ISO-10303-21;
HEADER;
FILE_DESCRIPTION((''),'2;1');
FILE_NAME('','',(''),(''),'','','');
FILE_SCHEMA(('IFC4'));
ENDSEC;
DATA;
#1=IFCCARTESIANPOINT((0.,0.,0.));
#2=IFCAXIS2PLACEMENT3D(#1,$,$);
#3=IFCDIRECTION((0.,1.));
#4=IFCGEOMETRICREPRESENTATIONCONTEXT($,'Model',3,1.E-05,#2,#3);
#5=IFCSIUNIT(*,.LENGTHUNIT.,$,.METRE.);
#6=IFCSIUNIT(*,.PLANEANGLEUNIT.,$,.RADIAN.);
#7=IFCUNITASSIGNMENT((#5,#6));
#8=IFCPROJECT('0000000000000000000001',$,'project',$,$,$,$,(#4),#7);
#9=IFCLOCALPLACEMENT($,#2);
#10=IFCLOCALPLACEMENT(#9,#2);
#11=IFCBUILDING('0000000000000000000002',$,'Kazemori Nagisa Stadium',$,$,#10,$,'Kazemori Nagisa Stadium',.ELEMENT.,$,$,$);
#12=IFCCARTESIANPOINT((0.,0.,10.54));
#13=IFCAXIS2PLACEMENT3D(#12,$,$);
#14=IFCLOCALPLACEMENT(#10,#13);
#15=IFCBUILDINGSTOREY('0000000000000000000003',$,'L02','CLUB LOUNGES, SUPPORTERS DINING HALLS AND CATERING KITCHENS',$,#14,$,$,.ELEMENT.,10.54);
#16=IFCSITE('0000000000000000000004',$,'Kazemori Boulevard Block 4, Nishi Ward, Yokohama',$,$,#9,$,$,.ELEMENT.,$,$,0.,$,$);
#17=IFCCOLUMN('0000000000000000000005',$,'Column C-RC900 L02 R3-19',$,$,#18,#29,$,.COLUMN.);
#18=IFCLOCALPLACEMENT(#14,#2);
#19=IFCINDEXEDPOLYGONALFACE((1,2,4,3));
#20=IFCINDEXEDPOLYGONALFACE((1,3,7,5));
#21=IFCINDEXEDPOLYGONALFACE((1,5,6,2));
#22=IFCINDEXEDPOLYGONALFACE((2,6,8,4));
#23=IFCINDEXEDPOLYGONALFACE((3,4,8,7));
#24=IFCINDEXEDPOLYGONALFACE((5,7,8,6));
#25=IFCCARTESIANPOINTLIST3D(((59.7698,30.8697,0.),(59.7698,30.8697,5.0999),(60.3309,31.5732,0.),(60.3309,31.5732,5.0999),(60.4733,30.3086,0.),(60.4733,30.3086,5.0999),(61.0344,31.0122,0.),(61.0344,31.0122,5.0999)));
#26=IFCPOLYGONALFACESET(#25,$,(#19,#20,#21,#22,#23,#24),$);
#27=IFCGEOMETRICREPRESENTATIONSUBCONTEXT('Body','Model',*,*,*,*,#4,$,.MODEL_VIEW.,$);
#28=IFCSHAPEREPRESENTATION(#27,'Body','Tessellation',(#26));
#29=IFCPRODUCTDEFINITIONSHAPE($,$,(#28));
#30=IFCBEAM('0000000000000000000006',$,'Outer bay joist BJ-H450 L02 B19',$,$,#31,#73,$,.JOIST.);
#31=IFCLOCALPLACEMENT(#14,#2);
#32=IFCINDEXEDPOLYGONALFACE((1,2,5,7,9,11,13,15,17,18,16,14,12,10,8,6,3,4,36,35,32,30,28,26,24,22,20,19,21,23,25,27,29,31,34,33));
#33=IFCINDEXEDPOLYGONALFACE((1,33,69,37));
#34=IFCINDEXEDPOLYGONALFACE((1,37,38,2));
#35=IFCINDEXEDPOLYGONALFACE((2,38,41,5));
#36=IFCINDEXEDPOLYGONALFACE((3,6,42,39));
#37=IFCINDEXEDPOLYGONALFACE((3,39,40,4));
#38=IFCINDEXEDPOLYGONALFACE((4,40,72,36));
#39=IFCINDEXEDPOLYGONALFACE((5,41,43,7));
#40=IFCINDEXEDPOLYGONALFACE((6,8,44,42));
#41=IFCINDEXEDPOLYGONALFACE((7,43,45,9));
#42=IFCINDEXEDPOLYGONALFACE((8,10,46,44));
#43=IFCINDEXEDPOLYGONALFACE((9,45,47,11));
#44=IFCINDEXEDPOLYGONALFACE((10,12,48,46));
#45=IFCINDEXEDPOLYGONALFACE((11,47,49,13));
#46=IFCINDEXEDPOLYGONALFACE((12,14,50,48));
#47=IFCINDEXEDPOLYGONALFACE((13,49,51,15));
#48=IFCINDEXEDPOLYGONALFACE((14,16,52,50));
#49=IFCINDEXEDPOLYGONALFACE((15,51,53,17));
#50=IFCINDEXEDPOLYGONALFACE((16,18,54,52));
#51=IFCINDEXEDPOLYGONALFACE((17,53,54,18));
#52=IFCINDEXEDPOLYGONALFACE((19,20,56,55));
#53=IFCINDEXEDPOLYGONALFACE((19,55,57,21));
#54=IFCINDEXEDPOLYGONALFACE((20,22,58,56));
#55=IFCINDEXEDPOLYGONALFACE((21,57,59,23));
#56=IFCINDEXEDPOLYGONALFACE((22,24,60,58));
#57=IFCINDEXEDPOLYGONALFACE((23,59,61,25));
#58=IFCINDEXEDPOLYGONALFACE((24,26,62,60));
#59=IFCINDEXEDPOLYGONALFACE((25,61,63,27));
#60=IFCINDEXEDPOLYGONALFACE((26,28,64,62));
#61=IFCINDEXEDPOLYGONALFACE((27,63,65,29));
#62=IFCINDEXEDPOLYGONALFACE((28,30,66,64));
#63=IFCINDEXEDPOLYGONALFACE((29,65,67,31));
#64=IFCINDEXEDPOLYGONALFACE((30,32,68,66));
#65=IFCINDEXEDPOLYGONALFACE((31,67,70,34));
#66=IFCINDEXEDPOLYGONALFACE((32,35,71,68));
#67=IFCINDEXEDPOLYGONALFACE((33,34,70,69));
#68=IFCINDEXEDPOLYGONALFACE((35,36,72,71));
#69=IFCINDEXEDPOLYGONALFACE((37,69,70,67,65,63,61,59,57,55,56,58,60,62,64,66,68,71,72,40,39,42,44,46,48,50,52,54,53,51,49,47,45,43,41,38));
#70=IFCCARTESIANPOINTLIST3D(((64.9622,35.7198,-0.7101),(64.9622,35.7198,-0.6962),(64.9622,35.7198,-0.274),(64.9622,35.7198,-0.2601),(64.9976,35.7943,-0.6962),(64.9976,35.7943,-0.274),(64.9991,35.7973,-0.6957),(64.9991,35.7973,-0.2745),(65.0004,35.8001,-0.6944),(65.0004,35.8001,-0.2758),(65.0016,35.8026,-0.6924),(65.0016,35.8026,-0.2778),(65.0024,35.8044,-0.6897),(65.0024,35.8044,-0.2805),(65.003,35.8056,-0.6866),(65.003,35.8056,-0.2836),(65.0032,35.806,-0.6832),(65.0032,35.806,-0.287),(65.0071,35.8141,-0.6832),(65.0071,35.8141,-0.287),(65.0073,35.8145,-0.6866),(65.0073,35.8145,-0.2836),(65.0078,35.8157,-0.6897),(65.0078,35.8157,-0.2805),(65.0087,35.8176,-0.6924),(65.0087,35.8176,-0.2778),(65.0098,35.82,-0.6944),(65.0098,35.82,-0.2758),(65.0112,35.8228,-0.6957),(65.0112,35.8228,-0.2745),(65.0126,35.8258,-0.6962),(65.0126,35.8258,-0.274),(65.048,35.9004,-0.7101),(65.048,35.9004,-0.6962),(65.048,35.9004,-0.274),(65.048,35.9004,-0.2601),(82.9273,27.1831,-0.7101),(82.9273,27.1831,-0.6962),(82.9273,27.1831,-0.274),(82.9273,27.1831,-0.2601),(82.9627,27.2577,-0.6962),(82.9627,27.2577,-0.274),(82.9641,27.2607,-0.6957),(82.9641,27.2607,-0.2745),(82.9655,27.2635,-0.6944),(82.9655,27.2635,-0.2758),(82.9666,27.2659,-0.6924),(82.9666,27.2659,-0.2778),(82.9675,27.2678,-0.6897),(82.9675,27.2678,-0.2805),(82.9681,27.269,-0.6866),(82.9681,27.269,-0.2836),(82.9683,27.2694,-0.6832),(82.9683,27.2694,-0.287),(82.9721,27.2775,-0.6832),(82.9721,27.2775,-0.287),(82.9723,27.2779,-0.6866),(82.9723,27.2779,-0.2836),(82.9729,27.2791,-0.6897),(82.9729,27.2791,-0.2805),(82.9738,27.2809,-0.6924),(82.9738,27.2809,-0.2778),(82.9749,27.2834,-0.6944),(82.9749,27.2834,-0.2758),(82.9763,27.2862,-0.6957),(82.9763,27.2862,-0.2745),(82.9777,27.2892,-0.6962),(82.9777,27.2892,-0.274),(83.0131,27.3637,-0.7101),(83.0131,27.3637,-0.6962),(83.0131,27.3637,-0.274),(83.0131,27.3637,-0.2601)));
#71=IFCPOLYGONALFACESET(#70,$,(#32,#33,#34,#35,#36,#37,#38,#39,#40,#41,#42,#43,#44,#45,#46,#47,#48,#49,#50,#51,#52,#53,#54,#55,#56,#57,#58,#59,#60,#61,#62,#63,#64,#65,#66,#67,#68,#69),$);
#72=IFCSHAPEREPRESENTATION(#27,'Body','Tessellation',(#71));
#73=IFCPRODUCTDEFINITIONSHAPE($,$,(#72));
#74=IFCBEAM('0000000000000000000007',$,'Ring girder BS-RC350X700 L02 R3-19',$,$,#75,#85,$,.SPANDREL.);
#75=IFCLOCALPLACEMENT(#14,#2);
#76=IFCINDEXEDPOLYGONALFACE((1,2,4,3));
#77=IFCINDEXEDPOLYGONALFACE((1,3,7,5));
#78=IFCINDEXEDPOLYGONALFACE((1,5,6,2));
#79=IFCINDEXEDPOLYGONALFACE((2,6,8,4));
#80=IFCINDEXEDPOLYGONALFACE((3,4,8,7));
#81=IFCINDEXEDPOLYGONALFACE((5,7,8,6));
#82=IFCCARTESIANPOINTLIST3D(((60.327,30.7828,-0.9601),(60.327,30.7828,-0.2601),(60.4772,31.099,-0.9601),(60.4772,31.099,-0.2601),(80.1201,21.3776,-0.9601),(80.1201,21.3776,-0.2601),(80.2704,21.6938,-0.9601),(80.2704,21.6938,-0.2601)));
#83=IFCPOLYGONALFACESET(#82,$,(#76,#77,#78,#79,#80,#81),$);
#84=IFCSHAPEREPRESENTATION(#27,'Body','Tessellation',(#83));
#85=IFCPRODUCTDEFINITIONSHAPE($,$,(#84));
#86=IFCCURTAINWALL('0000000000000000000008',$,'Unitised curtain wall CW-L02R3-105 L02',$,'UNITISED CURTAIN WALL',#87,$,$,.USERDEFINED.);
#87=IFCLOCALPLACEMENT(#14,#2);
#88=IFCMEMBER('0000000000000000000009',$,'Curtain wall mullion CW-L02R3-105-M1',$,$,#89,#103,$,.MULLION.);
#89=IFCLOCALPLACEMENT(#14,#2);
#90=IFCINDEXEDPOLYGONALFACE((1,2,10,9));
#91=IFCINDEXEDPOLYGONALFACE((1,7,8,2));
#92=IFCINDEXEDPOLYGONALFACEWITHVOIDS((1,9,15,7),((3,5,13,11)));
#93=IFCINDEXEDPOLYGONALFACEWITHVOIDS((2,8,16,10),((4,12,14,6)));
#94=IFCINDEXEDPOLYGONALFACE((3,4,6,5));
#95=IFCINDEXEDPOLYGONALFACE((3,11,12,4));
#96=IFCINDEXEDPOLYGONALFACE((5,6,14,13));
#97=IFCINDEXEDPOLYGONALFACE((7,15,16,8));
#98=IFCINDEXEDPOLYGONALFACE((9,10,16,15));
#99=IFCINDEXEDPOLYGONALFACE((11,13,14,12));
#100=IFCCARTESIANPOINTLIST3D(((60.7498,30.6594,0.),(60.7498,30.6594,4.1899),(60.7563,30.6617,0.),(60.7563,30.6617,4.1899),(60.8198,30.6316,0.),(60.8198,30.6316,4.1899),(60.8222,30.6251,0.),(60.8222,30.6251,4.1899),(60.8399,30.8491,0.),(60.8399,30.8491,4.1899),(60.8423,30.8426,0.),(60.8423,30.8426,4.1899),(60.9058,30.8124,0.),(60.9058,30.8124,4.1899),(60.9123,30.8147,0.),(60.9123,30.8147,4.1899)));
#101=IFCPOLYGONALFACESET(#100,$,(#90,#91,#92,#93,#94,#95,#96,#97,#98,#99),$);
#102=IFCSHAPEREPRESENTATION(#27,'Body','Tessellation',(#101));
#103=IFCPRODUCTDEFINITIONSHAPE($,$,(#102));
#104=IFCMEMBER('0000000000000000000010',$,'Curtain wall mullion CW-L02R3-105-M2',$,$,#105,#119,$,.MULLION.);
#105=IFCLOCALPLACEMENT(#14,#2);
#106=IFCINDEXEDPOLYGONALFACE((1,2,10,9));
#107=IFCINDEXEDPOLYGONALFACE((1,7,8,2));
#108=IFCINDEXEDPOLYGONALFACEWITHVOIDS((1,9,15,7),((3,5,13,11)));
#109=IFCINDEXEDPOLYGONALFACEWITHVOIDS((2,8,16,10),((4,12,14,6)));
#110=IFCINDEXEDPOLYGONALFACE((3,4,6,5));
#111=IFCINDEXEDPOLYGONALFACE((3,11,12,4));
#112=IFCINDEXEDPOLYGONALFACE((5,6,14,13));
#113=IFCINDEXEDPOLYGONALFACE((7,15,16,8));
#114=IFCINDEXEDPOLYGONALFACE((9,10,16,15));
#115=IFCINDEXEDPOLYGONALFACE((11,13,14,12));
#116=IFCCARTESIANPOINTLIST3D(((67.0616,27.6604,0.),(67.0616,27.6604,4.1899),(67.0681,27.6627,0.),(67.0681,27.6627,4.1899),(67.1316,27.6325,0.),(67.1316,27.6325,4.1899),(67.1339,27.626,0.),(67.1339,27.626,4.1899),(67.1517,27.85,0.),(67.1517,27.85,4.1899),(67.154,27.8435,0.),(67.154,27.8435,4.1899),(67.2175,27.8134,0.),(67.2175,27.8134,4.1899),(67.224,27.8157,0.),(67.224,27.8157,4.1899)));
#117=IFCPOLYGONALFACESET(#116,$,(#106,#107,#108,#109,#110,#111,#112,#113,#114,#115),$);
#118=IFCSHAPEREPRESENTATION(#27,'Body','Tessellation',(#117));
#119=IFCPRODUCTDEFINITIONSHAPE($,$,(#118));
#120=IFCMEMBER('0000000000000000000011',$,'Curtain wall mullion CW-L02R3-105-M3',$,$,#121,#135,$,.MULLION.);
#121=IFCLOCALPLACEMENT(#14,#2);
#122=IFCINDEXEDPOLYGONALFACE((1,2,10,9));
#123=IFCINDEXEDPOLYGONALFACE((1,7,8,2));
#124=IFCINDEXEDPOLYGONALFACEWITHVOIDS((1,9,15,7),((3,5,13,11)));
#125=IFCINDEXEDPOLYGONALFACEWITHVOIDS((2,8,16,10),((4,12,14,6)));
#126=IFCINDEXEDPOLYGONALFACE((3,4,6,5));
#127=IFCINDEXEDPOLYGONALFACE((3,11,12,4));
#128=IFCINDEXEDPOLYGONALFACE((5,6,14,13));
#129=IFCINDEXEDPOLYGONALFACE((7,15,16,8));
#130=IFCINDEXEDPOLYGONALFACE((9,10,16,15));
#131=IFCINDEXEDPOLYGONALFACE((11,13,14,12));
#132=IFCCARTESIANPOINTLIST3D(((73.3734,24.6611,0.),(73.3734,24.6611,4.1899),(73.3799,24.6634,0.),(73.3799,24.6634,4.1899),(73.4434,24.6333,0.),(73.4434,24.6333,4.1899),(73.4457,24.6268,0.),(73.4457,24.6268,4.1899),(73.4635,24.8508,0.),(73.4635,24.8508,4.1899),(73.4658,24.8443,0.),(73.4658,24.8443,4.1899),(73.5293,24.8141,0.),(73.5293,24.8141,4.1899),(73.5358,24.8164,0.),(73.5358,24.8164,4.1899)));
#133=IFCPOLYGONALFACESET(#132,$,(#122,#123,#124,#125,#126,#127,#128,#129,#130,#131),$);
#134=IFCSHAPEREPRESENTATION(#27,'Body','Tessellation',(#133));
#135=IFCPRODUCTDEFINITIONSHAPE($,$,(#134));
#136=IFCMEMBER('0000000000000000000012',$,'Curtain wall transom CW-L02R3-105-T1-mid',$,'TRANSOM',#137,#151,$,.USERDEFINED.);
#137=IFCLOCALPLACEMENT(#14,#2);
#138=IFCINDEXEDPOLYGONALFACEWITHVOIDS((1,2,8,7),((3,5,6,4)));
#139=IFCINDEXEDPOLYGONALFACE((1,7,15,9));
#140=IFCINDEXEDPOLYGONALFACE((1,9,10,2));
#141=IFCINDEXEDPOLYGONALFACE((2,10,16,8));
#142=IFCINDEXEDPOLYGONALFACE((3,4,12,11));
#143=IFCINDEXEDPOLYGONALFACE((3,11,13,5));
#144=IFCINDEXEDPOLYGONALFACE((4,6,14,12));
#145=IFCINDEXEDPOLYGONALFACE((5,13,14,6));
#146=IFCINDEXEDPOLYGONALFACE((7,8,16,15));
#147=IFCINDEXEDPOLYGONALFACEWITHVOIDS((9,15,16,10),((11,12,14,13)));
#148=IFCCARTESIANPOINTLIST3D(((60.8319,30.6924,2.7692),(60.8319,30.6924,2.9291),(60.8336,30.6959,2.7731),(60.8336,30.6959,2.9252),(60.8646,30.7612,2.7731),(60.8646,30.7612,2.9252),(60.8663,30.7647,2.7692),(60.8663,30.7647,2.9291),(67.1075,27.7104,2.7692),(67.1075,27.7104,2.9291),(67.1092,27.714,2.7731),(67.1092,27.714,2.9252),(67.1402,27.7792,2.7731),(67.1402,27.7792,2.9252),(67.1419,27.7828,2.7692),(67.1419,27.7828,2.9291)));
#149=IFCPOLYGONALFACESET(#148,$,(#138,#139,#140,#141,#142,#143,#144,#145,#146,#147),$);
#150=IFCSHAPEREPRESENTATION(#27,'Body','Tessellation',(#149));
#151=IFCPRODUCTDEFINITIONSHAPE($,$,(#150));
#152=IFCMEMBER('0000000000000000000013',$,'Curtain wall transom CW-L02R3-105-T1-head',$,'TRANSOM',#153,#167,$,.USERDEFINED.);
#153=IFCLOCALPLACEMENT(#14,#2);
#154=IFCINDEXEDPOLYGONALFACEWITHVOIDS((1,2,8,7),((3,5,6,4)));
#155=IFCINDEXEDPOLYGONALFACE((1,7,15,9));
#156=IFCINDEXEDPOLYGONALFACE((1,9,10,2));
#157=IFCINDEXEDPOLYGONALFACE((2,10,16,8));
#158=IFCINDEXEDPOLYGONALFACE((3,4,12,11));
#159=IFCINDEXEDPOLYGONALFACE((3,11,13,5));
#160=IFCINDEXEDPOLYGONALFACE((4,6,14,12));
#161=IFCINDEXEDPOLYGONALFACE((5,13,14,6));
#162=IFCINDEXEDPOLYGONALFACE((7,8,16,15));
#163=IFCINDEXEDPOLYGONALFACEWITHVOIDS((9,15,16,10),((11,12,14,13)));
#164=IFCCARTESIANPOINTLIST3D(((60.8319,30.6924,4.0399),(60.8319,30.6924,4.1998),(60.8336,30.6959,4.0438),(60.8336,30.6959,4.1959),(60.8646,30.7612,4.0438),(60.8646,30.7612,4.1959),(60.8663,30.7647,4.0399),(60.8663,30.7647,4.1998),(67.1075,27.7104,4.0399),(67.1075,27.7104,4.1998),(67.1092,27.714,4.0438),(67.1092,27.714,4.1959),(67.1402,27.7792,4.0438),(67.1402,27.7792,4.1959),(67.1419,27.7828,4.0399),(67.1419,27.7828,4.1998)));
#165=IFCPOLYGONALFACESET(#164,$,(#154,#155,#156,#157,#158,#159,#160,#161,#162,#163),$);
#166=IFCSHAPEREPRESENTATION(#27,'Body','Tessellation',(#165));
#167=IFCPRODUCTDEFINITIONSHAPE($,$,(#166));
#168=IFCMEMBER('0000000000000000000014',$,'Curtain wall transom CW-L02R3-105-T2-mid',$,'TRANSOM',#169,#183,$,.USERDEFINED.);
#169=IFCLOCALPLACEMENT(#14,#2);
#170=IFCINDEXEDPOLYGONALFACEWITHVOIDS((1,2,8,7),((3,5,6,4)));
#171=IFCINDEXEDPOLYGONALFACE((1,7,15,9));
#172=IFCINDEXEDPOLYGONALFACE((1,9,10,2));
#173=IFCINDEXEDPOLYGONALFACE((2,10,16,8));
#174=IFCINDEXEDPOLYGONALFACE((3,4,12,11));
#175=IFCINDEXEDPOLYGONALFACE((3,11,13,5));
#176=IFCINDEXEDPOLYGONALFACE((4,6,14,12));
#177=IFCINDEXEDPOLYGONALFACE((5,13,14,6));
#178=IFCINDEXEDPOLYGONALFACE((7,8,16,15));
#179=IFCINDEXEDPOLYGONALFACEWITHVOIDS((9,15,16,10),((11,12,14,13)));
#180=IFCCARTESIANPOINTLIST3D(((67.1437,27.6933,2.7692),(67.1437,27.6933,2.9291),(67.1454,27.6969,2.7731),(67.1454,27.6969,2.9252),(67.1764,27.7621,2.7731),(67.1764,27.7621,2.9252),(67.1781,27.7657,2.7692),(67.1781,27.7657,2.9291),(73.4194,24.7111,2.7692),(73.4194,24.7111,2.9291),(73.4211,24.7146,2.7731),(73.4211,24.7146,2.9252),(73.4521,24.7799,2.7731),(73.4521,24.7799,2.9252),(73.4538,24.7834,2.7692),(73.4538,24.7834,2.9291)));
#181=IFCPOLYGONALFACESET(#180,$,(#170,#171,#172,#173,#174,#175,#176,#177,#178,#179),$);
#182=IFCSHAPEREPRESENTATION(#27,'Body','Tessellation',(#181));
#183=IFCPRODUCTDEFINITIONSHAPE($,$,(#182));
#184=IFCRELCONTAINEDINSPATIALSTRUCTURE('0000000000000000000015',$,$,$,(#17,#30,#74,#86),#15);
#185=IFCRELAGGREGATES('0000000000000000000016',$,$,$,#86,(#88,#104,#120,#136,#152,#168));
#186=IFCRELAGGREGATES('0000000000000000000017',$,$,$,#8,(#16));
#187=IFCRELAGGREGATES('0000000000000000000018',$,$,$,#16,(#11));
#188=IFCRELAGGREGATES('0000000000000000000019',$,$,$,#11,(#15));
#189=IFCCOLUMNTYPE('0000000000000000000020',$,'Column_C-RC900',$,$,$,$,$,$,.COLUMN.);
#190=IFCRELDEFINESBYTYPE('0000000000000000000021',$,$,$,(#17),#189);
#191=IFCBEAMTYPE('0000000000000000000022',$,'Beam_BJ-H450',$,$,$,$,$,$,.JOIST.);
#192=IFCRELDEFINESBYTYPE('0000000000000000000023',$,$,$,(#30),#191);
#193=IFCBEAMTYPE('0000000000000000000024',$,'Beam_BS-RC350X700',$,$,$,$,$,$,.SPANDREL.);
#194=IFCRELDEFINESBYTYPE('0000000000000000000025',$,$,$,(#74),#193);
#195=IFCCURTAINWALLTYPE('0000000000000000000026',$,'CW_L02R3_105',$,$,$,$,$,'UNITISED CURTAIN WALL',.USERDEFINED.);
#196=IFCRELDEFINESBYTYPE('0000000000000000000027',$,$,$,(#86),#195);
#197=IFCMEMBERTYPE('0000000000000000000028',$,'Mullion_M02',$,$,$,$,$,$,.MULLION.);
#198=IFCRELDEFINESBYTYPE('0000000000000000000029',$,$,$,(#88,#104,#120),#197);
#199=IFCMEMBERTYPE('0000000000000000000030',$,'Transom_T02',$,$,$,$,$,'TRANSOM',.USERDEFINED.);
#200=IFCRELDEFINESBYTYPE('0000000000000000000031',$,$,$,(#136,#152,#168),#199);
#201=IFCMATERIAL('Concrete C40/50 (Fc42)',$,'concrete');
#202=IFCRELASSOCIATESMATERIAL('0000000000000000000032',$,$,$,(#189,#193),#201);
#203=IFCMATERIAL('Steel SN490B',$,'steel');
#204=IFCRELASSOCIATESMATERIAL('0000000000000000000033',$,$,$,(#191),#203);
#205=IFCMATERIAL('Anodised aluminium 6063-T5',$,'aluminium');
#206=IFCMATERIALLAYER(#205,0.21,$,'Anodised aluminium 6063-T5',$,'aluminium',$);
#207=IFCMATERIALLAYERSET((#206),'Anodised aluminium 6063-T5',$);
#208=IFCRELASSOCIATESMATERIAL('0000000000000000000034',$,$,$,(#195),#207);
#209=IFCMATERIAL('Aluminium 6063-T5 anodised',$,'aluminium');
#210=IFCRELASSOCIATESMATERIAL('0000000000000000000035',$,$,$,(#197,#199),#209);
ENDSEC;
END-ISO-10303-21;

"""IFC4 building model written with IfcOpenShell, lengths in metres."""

from ifc_helpers import new_model, si_unit, direction, frame, origin, origin_2d, place, context, subcontext, project, spatial, rectangle, hollow_rectangle, i_section, extrude, material, layer, layer_set, material_profile, profile_set, type_object, element, aggregate, save


model = new_model("IFC4")

# Units and contexts
model_context = context("Model", 3, precision=1e-05, world=origin(), true_north=direction((0.0, 1.0)))
body_context = subcontext(model_context, "Body", "Model", "MODEL_VIEW")
ifc_project = project(units=[si_unit("LENGTHUNIT", "METRE"), si_unit("PLANEANGLEUNIT", "RADIAN")], contexts=[model_context])

# Site, building, storey
site_placement = place(None, origin())
site = spatial("IfcSite", under=ifc_project, at=site_placement, Name="Kazemori Boulevard Block 4, Nishi Ward, Yokohama", CompositionType="ELEMENT", RefElevation=0.0)
building_placement = place(site_placement, origin())
building = spatial("IfcBuilding", under=site, at=building_placement, Name="Kazemori Nagisa Stadium", LongName="Kazemori Nagisa Stadium", CompositionType="ELEMENT")
storey_placement = place(building_placement, frame((0.0, 0.0, 10.54)))
storey = spatial("IfcBuildingStorey", under=building, at=storey_placement, Name="L02", Description="CLUB LOUNGES, SUPPORTERS DINING HALLS AND CATERING KITCHENS", CompositionType="ELEMENT", Elevation=10.54)

# Column
ifc_material_1 = material(Name="Concrete C40/50 (Fc42)", Category="concrete")
ifc_material_profile_1 = material_profile(ifc_material_1, rectangle(XDim=0.8999, YDim=0.8999, at=origin_2d()), Name="RC-COL-900x900")
ifc_profile_set_1 = profile_set([ifc_material_profile_1], Name="Concrete C40/50 (Fc42)")
column_type = type_object("IfcColumnType", Name="Column_C-RC900", PredefinedType="COLUMN", material=ifc_profile_set_1)
column_placement = place(storey_placement, frame((60.4021, 30.9409, 0.0), z_axis=(0.0, 0.0, 1.0), x_axis=(-0.62349, -0.781831, 0.0)))
element("IfcColumn", 1, at=column_placement, inside=storey, type_object=column_type, Name="Column C-RC900 L02 R3-19", PredefinedType="COLUMN", context=body_context, shape_type="SweptSolid", body=[
    extrude(rectangle(XDim=0.8999, YDim=0.8999, at=origin_2d()), origin(), (0.0, 0.0, 1.0), 5.0999),
])

# Beams
ifc_material_2 = material(Name="Steel SN490B", Category="steel")
ifc_material_profile_2 = material_profile(ifc_material_2, i_section(OverallWidth=0.2, OverallDepth=0.45, WebThickness=0.009, FlangeThickness=0.0139, FilletRadius=0.0129, at=origin_2d()), Name="H-450x200x9x14")
ifc_profile_set_2 = profile_set([ifc_material_profile_2], Name="Steel SN490B")
beam_type_1 = type_object("IfcBeamType", Name="Beam_BJ-H450", PredefinedType="JOIST", material=ifc_profile_set_2)
beam_1_placement = place(storey_placement, frame((65.0051, 35.8101, -0.4851), z_axis=(0.903215, -0.429188, 0.0), x_axis=(0.429188, 0.903215, 0.0)))
element("IfcBeam", 2, at=beam_1_placement, inside=storey, type_object=beam_type_1, Name="Outer bay joist BJ-H450 L02 B19", PredefinedType="JOIST", context=body_context, shape_type="SweptSolid", body=[
    extrude(i_section(OverallWidth=0.2, OverallDepth=0.45, WebThickness=0.009, FlangeThickness=0.0139, FilletRadius=0.0129, at=origin_2d()), origin(), (0.0, 0.0, 1.0), 19.8901),
])
ifc_material_profile_3 = material_profile(ifc_material_1, rectangle(XDim=0.3501, YDim=0.7, at=origin_2d()), Name="RC-SP-350x700")
ifc_profile_set_3 = profile_set([ifc_material_profile_3], Name="Concrete C40/50 (Fc42)")
beam_type_2 = type_object("IfcBeamType", Name="Beam_BS-RC350X700", PredefinedType="SPANDREL", material=ifc_profile_set_3)
beam_2_placement = place(storey_placement, frame((60.4021, 30.9409, -0.6101), z_axis=(0.903216, -0.429187, 0.0), x_axis=(0.429187, 0.903216, 0.0)))
element("IfcBeam", 3, at=beam_2_placement, inside=storey, type_object=beam_type_2, Name="Ring girder BS-RC350X700 L02 R3-19", PredefinedType="SPANDREL", context=body_context, shape_type="SweptSolid", body=[
    extrude(rectangle(XDim=0.3501, YDim=0.7, at=origin_2d()), origin(), (0.0, 0.0, 1.0), 21.9141),
])

# Curtain wall, members
ifc_material_3 = material(Name="Anodised aluminium 6063-T5", Category="aluminium")
ifc_layer_1 = layer(ifc_material_3, 0.21, Name="Anodised aluminium 6063-T5", Category="aluminium")
ifc_layer_set_1 = layer_set([ifc_layer_1], Name="Anodised aluminium 6063-T5")
curtain_wall_type = type_object("IfcCurtainWallType", Name="CW_L02R3_105", ElementType="UNITISED CURTAIN WALL", PredefinedType="USERDEFINED", material=ifc_layer_set_1)
curtain_wall_placement = place(storey_placement, origin())
curtain_wall = element("IfcCurtainWall", 4, at=curtain_wall_placement, inside=storey, type_object=curtain_wall_type, Name="Unitised curtain wall CW-L02R3-105 L02", ObjectType="UNITISED CURTAIN WALL", PredefinedType="USERDEFINED")
ifc_material_4 = material(Name="Aluminium 6063-T5 anodised", Category="aluminium")
ifc_material_profile_4 = material_profile(ifc_material_4, hollow_rectangle(XDim=0.0801, YDim=0.21, WallThickness=0.0049, at=origin_2d()), Name="ALU-MULL-80x210x5")
ifc_profile_set_4 = profile_set([ifc_material_profile_4], Name="Aluminium 6063-T5 anodised")
member_type_1 = type_object("IfcMemberType", Name="Mullion_M02", PredefinedType="MULLION", material=ifc_profile_set_4)
member_1_placement = place(storey_placement, frame((60.8311, 30.7371, 0.0), z_axis=(0.0, 0.0, 1.0), x_axis=(0.903216, -0.429186, 0.0)))
member_1 = element("IfcMember", 5, at=member_1_placement, type_object=member_type_1, Name="Curtain wall mullion CW-L02R3-105-M1", PredefinedType="MULLION", context=body_context, shape_type="SweptSolid", body=[
    extrude(hollow_rectangle(XDim=0.0801, YDim=0.21, WallThickness=0.0049, at=origin_2d()), origin(), (0.0, 0.0, 1.0), 4.1899),
])
member_2_placement = place(storey_placement, frame((67.1428, 27.738, 0.0), z_axis=(0.0, 0.0, 1.0), x_axis=(0.903216, -0.429186, 0.0)))
member_2 = element("IfcMember", 6, at=member_2_placement, type_object=member_type_1, Name="Curtain wall mullion CW-L02R3-105-M2", PredefinedType="MULLION", context=body_context, shape_type="SweptSolid", body=[
    extrude(hollow_rectangle(XDim=0.0801, YDim=0.21, WallThickness=0.0049, at=origin_2d()), origin(), (0.0, 0.0, 1.0), 4.1899),
])
member_3_placement = place(storey_placement, frame((73.4546, 24.7388, 0.0), z_axis=(0.0, 0.0, 1.0), x_axis=(0.903216, -0.429186, 0.0)))
member_3 = element("IfcMember", 7, at=member_3_placement, type_object=member_type_1, Name="Curtain wall mullion CW-L02R3-105-M3", PredefinedType="MULLION", context=body_context, shape_type="SweptSolid", body=[
    extrude(hollow_rectangle(XDim=0.0801, YDim=0.21, WallThickness=0.0049, at=origin_2d()), origin(), (0.0, 0.0, 1.0), 4.1899),
])
ifc_material_profile_5 = material_profile(ifc_material_4, hollow_rectangle(XDim=0.0801, YDim=0.1599, WallThickness=0.0039, at=origin_2d()), Name="ALU-TRAN-80x160x4")
ifc_profile_set_5 = profile_set([ifc_material_profile_5], Name="Aluminium 6063-T5 anodised")
member_type_2 = type_object("IfcMemberType", Name="Transom_T02", ElementType="TRANSOM", PredefinedType="USERDEFINED", material=ifc_profile_set_5)
member_4_placement = place(storey_placement, frame((60.8491, 30.7285, 2.8491), z_axis=(0.903221, -0.429175, 0.0), x_axis=(0.429175, 0.903221, 0.0)))
member_4 = element("IfcMember", 8, at=member_4_placement, type_object=member_type_2, Name="Curtain wall transom CW-L02R3-105-T1-mid", ObjectType="TRANSOM", PredefinedType="USERDEFINED", context=body_context, shape_type="SweptSolid", body=[
    extrude(hollow_rectangle(XDim=0.0801, YDim=0.1599, WallThickness=0.0039, at=origin_2d()), origin(), (0.0, 0.0, 1.0), 6.948),
])
member_5_placement = place(storey_placement, frame((60.8491, 30.7285, 4.1199), z_axis=(0.903221, -0.429175, 0.0), x_axis=(0.429175, 0.903221, 0.0)))
member_5 = element("IfcMember", 9, at=member_5_placement, type_object=member_type_2, Name="Curtain wall transom CW-L02R3-105-T1-head", ObjectType="TRANSOM", PredefinedType="USERDEFINED", context=body_context, shape_type="SweptSolid", body=[
    extrude(hollow_rectangle(XDim=0.0801, YDim=0.1599, WallThickness=0.0039, at=origin_2d()), origin(), (0.0, 0.0, 1.0), 6.948),
])
member_6_placement = place(storey_placement, frame((67.1609, 27.7295, 2.8491), z_axis=(0.903208, -0.429204, 0.0), x_axis=(0.429204, 0.903208, 0.0)))
member_6 = element("IfcMember", 10, at=member_6_placement, type_object=member_type_2, Name="Curtain wall transom CW-L02R3-105-T2-mid", ObjectType="TRANSOM", PredefinedType="USERDEFINED", context=body_context, shape_type="SweptSolid", body=[
    extrude(hollow_rectangle(XDim=0.0801, YDim=0.1599, WallThickness=0.0039, at=origin_2d()), origin(), (0.0, 0.0, 1.0), 6.9482),
])
aggregate(curtain_wall, [member_1, member_2, member_3, member_4, member_5, member_6])

save(model, "model.ifc")
